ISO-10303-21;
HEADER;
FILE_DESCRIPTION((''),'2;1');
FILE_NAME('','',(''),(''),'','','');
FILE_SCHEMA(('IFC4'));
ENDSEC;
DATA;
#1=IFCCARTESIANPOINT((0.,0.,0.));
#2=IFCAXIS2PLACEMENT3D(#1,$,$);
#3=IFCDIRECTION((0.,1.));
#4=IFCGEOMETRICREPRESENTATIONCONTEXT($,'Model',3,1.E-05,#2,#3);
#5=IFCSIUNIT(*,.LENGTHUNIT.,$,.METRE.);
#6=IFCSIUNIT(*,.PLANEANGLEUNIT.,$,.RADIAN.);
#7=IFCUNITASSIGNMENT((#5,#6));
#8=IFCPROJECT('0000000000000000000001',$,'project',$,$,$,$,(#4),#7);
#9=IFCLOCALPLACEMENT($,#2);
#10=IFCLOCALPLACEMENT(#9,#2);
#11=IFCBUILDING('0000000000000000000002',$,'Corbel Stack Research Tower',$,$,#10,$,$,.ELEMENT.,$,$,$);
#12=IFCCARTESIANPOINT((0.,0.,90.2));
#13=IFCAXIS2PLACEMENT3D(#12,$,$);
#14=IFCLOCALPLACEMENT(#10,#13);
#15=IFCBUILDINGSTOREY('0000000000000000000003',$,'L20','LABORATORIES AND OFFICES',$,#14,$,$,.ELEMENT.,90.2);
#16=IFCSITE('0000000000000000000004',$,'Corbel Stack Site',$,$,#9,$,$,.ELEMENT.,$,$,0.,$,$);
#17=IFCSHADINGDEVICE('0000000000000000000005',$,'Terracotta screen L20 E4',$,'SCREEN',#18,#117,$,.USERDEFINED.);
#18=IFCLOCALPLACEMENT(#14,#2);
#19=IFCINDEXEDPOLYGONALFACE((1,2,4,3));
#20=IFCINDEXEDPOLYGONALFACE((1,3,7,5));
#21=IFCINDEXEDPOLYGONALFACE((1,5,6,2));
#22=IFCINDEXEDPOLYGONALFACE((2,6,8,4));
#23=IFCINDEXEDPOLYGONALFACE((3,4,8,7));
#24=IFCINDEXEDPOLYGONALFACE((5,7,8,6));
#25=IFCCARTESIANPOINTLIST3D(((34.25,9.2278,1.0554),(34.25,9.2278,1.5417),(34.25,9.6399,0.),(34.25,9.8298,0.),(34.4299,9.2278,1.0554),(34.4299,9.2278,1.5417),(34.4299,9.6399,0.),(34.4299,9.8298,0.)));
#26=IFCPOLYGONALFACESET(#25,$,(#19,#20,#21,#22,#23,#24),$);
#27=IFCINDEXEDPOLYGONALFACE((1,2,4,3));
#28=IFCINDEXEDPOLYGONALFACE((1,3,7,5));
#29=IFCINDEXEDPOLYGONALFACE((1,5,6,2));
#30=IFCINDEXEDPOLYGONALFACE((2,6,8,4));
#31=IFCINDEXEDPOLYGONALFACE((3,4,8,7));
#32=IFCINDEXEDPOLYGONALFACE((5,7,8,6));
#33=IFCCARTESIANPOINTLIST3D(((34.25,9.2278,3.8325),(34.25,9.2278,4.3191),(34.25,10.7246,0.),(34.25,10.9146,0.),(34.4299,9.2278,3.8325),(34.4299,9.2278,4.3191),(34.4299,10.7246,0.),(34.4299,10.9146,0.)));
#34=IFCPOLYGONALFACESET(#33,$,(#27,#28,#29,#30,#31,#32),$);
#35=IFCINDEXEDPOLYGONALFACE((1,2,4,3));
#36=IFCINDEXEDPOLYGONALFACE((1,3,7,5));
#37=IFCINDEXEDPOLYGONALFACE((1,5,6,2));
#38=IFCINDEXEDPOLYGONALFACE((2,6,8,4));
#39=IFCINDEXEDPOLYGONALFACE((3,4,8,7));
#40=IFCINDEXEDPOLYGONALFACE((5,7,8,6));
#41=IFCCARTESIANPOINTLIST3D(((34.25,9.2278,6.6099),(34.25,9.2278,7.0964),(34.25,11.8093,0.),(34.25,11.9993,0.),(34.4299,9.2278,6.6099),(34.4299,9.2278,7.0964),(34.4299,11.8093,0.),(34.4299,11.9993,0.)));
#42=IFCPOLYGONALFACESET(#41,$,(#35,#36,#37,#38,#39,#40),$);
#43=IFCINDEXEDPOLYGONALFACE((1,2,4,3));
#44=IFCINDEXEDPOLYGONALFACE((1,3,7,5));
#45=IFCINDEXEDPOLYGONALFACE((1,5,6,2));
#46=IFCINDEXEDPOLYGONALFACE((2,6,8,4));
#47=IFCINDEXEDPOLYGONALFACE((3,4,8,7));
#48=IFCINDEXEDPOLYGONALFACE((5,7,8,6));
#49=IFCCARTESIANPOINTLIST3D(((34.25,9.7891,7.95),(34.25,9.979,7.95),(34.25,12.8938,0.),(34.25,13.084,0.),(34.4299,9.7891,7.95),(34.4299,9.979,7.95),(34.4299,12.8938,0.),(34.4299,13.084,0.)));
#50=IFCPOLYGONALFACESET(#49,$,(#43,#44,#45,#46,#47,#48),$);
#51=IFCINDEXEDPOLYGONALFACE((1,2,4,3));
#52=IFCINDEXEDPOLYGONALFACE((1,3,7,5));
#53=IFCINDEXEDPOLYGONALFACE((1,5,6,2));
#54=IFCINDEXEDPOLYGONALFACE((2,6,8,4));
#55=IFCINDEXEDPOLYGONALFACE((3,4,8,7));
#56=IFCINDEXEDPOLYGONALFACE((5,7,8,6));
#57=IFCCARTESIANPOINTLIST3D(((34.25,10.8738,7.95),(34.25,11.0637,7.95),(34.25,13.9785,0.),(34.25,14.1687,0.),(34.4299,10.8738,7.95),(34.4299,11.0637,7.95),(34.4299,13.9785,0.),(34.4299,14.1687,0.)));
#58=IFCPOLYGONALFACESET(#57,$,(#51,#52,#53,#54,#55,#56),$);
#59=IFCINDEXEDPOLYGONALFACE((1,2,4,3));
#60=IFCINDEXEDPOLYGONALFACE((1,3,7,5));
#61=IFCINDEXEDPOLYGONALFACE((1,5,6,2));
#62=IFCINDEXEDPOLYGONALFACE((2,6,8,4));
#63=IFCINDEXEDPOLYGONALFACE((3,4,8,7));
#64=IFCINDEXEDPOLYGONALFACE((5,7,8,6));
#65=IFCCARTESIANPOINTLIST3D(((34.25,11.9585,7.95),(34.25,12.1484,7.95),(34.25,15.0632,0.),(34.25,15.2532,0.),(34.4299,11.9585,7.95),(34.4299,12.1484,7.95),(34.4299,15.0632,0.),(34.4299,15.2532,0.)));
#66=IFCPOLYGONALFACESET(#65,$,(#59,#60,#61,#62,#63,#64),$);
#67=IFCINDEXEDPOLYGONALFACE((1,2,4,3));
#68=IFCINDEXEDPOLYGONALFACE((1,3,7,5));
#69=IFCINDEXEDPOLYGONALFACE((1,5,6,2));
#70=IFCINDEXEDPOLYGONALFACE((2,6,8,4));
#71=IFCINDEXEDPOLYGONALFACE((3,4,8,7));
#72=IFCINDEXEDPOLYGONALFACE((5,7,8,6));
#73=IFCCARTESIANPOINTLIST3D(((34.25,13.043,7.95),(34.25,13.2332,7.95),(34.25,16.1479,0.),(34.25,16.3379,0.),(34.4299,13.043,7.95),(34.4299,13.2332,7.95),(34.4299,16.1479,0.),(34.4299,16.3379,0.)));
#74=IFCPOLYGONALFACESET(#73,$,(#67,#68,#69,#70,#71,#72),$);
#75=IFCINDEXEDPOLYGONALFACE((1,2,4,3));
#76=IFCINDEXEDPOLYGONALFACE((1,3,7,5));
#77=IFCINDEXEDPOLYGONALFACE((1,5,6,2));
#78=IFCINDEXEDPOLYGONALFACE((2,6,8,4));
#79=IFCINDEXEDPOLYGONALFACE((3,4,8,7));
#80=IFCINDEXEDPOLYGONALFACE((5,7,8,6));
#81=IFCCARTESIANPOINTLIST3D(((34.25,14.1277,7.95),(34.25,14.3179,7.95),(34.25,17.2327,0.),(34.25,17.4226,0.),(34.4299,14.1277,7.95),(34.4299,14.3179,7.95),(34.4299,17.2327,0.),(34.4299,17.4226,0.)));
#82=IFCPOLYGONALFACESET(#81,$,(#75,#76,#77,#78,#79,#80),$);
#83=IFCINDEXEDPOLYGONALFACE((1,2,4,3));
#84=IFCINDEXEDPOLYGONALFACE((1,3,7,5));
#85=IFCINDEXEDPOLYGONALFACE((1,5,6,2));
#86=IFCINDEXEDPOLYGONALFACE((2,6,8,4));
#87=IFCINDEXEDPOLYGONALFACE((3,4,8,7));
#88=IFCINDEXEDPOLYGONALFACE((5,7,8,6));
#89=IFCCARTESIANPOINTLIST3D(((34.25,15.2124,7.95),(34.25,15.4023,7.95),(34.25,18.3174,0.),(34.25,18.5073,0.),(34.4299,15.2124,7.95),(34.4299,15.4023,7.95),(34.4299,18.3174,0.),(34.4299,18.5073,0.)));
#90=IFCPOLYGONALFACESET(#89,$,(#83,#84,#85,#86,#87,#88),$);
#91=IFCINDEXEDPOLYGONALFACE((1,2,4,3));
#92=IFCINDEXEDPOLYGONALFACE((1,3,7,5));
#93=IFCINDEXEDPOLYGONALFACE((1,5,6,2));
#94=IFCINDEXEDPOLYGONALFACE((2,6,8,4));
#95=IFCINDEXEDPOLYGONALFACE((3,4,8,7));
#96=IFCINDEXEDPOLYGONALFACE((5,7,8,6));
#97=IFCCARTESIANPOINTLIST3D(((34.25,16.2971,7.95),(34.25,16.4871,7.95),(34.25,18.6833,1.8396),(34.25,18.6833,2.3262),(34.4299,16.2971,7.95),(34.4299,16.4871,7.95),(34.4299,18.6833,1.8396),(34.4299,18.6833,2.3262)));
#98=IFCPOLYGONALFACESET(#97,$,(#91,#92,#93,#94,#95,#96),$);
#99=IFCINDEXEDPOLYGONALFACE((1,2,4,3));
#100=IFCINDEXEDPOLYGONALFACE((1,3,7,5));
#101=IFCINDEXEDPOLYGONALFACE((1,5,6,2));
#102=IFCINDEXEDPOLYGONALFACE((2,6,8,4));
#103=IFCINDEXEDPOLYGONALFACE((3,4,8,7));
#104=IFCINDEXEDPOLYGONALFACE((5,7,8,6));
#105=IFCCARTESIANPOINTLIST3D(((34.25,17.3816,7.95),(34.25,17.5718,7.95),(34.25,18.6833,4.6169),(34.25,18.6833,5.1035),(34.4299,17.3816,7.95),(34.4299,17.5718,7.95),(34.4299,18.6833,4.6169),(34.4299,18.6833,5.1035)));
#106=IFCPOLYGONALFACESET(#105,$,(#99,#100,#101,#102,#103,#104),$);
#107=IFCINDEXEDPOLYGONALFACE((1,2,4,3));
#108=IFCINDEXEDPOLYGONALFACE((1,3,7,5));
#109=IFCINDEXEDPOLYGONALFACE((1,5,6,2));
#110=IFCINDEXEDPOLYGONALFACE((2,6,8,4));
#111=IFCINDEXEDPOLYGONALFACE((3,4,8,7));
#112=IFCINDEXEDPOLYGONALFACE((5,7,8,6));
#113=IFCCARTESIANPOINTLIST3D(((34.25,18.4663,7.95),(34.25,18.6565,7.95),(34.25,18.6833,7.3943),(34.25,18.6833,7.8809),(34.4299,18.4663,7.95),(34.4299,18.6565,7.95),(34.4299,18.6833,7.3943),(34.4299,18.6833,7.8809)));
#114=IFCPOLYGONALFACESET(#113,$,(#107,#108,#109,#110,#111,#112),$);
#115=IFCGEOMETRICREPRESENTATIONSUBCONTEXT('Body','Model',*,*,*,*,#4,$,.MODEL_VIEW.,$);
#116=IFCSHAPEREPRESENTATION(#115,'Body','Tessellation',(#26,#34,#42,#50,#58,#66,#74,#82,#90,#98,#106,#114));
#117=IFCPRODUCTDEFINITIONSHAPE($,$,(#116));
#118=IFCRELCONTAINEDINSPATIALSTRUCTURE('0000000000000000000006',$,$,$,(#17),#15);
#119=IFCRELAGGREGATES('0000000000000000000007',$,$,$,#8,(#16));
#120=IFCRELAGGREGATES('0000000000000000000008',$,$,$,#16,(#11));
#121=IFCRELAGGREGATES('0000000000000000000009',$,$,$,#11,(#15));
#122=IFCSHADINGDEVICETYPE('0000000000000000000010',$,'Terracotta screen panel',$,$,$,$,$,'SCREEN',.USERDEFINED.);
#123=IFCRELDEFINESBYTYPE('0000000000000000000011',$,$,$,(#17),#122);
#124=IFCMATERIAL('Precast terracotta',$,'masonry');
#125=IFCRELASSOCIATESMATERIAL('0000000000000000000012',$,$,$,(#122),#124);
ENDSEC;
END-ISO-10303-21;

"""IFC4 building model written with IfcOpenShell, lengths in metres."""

from ifc_helpers import new_model, si_unit, direction, frame, origin, place, context, subcontext, project, spatial, polyline, outline, extrude, source, transform, mapped, material, type_object, element, save


model = new_model("IFC4")

# Units and contexts
model_context = context("Model", 3, precision=1e-05, world=origin(), true_north=direction((0.0, 1.0)))
body_context = subcontext(model_context, "Body", "Model", "MODEL_VIEW")
ifc_project = project(units=[si_unit("LENGTHUNIT", "METRE"), si_unit("PLANEANGLEUNIT", "RADIAN")], contexts=[model_context])

# Site, building, storey
site_placement = place(None, origin())
site = spatial("IfcSite", under=ifc_project, at=site_placement, Name="Corbel Stack Site", CompositionType="ELEMENT", RefElevation=0.0)
building_placement = place(site_placement, origin())
building = spatial("IfcBuilding", under=site, at=building_placement, Name="Corbel Stack Research Tower", CompositionType="ELEMENT")
storey_placement = place(building_placement, frame((0.0, 0.0, 90.2)))
storey = spatial("IfcBuildingStorey", under=building, at=storey_placement, Name="L20", Description="LABORATORIES AND OFFICES", CompositionType="ELEMENT", Elevation=90.2)

# Shading device
ifc_material_1 = material(Name="Precast terracotta", Category="masonry")
shading_device_type = type_object("IfcShadingDeviceType", Name="Terracotta screen panel", ElementType="SCREEN", PredefinedType="USERDEFINED", material=ifc_material_1)
shared_shape_1 = source(origin(), body_context, "Body", "SweptSolid", [
    extrude(outline(polyline([(0.6021, 0.0), (0.0, 1.5417), (0.0, 1.0554), (0.4121, 0.0), (0.6021, 0.0)])), frame((0.0, 0.0, 0.0), z_axis=(0.0, -1.0, 0.0), x_axis=(1.0, 0.0, 0.0)), (0.0, 0.0, 1.0), 0.1799),
    extrude(outline(polyline([(1.6868, 0.0), (0.0, 4.3191), (0.0, 3.8325), (1.4968, 0.0), (1.6868, 0.0)])), frame((0.0, 0.0, 0.0), z_axis=(0.0, -1.0, 0.0), x_axis=(1.0, 0.0, 0.0)), (0.0, 0.0, 1.0), 0.1799),
    extrude(outline(polyline([(2.7715, 0.0), (0.0, 7.0964), (0.0, 6.6099), (2.5815, 0.0), (2.7715, 0.0)])), frame((0.0, 0.0, 0.0), z_axis=(0.0, -1.0, 0.0), x_axis=(1.0, 0.0, 0.0)), (0.0, 0.0, 1.0), 0.1799),
    extrude(outline(polyline([(3.8562, 0.0), (0.7512, 7.95), (0.5613, 7.95), (3.666, 0.0), (3.8562, 0.0)])), frame((0.0, 0.0, 0.0), z_axis=(0.0, -1.0, 0.0), x_axis=(1.0, 0.0, 0.0)), (0.0, 0.0, 1.0), 0.1799),
    extrude(outline(polyline([(4.9409, 0.0), (1.8359, 7.95), (1.646, 7.95), (4.7507, 0.0), (4.9409, 0.0)])), frame((0.0, 0.0, 0.0), z_axis=(0.0, -1.0, 0.0), x_axis=(1.0, 0.0, 0.0)), (0.0, 0.0, 1.0), 0.1799),
    extrude(outline(polyline([(6.0254, 0.0), (2.9207, 7.95), (2.7307, 7.95), (5.8354, 0.0), (6.0254, 0.0)])), frame((0.0, 0.0, 0.0), z_axis=(0.0, -1.0, 0.0), x_axis=(1.0, 0.0, 0.0)), (0.0, 0.0, 1.0), 0.1799),
    extrude(outline(polyline([(7.1101, 0.0), (4.0054, 7.95), (3.8152, 7.95), (6.9202, 0.0), (7.1101, 0.0)])), frame((0.0, 0.0, 0.0), z_axis=(0.0, -1.0, 0.0), x_axis=(1.0, 0.0, 0.0)), (0.0, 0.0, 1.0), 0.1799),
    extrude(outline(polyline([(8.1948, 0.0), (5.0901, 7.95), (4.8999, 7.95), (8.0049, 0.0), (8.1948, 0.0)])), frame((0.0, 0.0, 0.0), z_axis=(0.0, -1.0, 0.0), x_axis=(1.0, 0.0, 0.0)), (0.0, 0.0, 1.0), 0.1799),
    extrude(outline(polyline([(9.2795, 0.0), (6.1746, 7.95), (5.9846, 7.95), (9.0896, 0.0), (9.2795, 0.0)])), frame((0.0, 0.0, 0.0), z_axis=(0.0, -1.0, 0.0), x_axis=(1.0, 0.0, 0.0)), (0.0, 0.0, 1.0), 0.1799),
    extrude(outline(polyline([(7.2593, 7.95), (7.0693, 7.95), (9.4556, 1.8396), (9.4556, 2.3262), (7.2593, 7.95)])), frame((0.0, 0.0, 0.0), z_axis=(0.0, -1.0, 0.0), x_axis=(1.0, 0.0, 0.0)), (0.0, 0.0, 1.0), 0.1799),
    extrude(outline(polyline([(8.344, 7.95), (8.1538, 7.95), (9.4556, 4.6169), (9.4556, 5.1035), (8.344, 7.95)])), frame((0.0, 0.0, 0.0), z_axis=(0.0, -1.0, 0.0), x_axis=(1.0, 0.0, 0.0)), (0.0, 0.0, 1.0), 0.1799),
    extrude(outline(polyline([(9.4287, 7.95), (9.2385, 7.95), (9.4556, 7.3943), (9.4556, 7.8809), (9.4287, 7.95)])), frame((0.0, 0.0, 0.0), z_axis=(0.0, -1.0, 0.0), x_axis=(1.0, 0.0, 0.0)), (0.0, 0.0, 1.0), 0.1799),
])
shading_device_1_placement = place(storey_placement, frame((34.25, 9.2278, 0.0), z_axis=(0.0, 0.0, 1.0), x_axis=(0.0, 1.0, 0.0)))
element("IfcShadingDevice", 1, at=shading_device_1_placement, inside=storey, type_object=shading_device_type, Name="Terracotta screen L20 E4", ObjectType="SCREEN", PredefinedType="USERDEFINED", context=body_context, shape_type="MappedRepresentation", body=[
    mapped(shared_shape_1, transform((0.0, 0.0, 0.0))),
])

save(model, "model.ifc")
